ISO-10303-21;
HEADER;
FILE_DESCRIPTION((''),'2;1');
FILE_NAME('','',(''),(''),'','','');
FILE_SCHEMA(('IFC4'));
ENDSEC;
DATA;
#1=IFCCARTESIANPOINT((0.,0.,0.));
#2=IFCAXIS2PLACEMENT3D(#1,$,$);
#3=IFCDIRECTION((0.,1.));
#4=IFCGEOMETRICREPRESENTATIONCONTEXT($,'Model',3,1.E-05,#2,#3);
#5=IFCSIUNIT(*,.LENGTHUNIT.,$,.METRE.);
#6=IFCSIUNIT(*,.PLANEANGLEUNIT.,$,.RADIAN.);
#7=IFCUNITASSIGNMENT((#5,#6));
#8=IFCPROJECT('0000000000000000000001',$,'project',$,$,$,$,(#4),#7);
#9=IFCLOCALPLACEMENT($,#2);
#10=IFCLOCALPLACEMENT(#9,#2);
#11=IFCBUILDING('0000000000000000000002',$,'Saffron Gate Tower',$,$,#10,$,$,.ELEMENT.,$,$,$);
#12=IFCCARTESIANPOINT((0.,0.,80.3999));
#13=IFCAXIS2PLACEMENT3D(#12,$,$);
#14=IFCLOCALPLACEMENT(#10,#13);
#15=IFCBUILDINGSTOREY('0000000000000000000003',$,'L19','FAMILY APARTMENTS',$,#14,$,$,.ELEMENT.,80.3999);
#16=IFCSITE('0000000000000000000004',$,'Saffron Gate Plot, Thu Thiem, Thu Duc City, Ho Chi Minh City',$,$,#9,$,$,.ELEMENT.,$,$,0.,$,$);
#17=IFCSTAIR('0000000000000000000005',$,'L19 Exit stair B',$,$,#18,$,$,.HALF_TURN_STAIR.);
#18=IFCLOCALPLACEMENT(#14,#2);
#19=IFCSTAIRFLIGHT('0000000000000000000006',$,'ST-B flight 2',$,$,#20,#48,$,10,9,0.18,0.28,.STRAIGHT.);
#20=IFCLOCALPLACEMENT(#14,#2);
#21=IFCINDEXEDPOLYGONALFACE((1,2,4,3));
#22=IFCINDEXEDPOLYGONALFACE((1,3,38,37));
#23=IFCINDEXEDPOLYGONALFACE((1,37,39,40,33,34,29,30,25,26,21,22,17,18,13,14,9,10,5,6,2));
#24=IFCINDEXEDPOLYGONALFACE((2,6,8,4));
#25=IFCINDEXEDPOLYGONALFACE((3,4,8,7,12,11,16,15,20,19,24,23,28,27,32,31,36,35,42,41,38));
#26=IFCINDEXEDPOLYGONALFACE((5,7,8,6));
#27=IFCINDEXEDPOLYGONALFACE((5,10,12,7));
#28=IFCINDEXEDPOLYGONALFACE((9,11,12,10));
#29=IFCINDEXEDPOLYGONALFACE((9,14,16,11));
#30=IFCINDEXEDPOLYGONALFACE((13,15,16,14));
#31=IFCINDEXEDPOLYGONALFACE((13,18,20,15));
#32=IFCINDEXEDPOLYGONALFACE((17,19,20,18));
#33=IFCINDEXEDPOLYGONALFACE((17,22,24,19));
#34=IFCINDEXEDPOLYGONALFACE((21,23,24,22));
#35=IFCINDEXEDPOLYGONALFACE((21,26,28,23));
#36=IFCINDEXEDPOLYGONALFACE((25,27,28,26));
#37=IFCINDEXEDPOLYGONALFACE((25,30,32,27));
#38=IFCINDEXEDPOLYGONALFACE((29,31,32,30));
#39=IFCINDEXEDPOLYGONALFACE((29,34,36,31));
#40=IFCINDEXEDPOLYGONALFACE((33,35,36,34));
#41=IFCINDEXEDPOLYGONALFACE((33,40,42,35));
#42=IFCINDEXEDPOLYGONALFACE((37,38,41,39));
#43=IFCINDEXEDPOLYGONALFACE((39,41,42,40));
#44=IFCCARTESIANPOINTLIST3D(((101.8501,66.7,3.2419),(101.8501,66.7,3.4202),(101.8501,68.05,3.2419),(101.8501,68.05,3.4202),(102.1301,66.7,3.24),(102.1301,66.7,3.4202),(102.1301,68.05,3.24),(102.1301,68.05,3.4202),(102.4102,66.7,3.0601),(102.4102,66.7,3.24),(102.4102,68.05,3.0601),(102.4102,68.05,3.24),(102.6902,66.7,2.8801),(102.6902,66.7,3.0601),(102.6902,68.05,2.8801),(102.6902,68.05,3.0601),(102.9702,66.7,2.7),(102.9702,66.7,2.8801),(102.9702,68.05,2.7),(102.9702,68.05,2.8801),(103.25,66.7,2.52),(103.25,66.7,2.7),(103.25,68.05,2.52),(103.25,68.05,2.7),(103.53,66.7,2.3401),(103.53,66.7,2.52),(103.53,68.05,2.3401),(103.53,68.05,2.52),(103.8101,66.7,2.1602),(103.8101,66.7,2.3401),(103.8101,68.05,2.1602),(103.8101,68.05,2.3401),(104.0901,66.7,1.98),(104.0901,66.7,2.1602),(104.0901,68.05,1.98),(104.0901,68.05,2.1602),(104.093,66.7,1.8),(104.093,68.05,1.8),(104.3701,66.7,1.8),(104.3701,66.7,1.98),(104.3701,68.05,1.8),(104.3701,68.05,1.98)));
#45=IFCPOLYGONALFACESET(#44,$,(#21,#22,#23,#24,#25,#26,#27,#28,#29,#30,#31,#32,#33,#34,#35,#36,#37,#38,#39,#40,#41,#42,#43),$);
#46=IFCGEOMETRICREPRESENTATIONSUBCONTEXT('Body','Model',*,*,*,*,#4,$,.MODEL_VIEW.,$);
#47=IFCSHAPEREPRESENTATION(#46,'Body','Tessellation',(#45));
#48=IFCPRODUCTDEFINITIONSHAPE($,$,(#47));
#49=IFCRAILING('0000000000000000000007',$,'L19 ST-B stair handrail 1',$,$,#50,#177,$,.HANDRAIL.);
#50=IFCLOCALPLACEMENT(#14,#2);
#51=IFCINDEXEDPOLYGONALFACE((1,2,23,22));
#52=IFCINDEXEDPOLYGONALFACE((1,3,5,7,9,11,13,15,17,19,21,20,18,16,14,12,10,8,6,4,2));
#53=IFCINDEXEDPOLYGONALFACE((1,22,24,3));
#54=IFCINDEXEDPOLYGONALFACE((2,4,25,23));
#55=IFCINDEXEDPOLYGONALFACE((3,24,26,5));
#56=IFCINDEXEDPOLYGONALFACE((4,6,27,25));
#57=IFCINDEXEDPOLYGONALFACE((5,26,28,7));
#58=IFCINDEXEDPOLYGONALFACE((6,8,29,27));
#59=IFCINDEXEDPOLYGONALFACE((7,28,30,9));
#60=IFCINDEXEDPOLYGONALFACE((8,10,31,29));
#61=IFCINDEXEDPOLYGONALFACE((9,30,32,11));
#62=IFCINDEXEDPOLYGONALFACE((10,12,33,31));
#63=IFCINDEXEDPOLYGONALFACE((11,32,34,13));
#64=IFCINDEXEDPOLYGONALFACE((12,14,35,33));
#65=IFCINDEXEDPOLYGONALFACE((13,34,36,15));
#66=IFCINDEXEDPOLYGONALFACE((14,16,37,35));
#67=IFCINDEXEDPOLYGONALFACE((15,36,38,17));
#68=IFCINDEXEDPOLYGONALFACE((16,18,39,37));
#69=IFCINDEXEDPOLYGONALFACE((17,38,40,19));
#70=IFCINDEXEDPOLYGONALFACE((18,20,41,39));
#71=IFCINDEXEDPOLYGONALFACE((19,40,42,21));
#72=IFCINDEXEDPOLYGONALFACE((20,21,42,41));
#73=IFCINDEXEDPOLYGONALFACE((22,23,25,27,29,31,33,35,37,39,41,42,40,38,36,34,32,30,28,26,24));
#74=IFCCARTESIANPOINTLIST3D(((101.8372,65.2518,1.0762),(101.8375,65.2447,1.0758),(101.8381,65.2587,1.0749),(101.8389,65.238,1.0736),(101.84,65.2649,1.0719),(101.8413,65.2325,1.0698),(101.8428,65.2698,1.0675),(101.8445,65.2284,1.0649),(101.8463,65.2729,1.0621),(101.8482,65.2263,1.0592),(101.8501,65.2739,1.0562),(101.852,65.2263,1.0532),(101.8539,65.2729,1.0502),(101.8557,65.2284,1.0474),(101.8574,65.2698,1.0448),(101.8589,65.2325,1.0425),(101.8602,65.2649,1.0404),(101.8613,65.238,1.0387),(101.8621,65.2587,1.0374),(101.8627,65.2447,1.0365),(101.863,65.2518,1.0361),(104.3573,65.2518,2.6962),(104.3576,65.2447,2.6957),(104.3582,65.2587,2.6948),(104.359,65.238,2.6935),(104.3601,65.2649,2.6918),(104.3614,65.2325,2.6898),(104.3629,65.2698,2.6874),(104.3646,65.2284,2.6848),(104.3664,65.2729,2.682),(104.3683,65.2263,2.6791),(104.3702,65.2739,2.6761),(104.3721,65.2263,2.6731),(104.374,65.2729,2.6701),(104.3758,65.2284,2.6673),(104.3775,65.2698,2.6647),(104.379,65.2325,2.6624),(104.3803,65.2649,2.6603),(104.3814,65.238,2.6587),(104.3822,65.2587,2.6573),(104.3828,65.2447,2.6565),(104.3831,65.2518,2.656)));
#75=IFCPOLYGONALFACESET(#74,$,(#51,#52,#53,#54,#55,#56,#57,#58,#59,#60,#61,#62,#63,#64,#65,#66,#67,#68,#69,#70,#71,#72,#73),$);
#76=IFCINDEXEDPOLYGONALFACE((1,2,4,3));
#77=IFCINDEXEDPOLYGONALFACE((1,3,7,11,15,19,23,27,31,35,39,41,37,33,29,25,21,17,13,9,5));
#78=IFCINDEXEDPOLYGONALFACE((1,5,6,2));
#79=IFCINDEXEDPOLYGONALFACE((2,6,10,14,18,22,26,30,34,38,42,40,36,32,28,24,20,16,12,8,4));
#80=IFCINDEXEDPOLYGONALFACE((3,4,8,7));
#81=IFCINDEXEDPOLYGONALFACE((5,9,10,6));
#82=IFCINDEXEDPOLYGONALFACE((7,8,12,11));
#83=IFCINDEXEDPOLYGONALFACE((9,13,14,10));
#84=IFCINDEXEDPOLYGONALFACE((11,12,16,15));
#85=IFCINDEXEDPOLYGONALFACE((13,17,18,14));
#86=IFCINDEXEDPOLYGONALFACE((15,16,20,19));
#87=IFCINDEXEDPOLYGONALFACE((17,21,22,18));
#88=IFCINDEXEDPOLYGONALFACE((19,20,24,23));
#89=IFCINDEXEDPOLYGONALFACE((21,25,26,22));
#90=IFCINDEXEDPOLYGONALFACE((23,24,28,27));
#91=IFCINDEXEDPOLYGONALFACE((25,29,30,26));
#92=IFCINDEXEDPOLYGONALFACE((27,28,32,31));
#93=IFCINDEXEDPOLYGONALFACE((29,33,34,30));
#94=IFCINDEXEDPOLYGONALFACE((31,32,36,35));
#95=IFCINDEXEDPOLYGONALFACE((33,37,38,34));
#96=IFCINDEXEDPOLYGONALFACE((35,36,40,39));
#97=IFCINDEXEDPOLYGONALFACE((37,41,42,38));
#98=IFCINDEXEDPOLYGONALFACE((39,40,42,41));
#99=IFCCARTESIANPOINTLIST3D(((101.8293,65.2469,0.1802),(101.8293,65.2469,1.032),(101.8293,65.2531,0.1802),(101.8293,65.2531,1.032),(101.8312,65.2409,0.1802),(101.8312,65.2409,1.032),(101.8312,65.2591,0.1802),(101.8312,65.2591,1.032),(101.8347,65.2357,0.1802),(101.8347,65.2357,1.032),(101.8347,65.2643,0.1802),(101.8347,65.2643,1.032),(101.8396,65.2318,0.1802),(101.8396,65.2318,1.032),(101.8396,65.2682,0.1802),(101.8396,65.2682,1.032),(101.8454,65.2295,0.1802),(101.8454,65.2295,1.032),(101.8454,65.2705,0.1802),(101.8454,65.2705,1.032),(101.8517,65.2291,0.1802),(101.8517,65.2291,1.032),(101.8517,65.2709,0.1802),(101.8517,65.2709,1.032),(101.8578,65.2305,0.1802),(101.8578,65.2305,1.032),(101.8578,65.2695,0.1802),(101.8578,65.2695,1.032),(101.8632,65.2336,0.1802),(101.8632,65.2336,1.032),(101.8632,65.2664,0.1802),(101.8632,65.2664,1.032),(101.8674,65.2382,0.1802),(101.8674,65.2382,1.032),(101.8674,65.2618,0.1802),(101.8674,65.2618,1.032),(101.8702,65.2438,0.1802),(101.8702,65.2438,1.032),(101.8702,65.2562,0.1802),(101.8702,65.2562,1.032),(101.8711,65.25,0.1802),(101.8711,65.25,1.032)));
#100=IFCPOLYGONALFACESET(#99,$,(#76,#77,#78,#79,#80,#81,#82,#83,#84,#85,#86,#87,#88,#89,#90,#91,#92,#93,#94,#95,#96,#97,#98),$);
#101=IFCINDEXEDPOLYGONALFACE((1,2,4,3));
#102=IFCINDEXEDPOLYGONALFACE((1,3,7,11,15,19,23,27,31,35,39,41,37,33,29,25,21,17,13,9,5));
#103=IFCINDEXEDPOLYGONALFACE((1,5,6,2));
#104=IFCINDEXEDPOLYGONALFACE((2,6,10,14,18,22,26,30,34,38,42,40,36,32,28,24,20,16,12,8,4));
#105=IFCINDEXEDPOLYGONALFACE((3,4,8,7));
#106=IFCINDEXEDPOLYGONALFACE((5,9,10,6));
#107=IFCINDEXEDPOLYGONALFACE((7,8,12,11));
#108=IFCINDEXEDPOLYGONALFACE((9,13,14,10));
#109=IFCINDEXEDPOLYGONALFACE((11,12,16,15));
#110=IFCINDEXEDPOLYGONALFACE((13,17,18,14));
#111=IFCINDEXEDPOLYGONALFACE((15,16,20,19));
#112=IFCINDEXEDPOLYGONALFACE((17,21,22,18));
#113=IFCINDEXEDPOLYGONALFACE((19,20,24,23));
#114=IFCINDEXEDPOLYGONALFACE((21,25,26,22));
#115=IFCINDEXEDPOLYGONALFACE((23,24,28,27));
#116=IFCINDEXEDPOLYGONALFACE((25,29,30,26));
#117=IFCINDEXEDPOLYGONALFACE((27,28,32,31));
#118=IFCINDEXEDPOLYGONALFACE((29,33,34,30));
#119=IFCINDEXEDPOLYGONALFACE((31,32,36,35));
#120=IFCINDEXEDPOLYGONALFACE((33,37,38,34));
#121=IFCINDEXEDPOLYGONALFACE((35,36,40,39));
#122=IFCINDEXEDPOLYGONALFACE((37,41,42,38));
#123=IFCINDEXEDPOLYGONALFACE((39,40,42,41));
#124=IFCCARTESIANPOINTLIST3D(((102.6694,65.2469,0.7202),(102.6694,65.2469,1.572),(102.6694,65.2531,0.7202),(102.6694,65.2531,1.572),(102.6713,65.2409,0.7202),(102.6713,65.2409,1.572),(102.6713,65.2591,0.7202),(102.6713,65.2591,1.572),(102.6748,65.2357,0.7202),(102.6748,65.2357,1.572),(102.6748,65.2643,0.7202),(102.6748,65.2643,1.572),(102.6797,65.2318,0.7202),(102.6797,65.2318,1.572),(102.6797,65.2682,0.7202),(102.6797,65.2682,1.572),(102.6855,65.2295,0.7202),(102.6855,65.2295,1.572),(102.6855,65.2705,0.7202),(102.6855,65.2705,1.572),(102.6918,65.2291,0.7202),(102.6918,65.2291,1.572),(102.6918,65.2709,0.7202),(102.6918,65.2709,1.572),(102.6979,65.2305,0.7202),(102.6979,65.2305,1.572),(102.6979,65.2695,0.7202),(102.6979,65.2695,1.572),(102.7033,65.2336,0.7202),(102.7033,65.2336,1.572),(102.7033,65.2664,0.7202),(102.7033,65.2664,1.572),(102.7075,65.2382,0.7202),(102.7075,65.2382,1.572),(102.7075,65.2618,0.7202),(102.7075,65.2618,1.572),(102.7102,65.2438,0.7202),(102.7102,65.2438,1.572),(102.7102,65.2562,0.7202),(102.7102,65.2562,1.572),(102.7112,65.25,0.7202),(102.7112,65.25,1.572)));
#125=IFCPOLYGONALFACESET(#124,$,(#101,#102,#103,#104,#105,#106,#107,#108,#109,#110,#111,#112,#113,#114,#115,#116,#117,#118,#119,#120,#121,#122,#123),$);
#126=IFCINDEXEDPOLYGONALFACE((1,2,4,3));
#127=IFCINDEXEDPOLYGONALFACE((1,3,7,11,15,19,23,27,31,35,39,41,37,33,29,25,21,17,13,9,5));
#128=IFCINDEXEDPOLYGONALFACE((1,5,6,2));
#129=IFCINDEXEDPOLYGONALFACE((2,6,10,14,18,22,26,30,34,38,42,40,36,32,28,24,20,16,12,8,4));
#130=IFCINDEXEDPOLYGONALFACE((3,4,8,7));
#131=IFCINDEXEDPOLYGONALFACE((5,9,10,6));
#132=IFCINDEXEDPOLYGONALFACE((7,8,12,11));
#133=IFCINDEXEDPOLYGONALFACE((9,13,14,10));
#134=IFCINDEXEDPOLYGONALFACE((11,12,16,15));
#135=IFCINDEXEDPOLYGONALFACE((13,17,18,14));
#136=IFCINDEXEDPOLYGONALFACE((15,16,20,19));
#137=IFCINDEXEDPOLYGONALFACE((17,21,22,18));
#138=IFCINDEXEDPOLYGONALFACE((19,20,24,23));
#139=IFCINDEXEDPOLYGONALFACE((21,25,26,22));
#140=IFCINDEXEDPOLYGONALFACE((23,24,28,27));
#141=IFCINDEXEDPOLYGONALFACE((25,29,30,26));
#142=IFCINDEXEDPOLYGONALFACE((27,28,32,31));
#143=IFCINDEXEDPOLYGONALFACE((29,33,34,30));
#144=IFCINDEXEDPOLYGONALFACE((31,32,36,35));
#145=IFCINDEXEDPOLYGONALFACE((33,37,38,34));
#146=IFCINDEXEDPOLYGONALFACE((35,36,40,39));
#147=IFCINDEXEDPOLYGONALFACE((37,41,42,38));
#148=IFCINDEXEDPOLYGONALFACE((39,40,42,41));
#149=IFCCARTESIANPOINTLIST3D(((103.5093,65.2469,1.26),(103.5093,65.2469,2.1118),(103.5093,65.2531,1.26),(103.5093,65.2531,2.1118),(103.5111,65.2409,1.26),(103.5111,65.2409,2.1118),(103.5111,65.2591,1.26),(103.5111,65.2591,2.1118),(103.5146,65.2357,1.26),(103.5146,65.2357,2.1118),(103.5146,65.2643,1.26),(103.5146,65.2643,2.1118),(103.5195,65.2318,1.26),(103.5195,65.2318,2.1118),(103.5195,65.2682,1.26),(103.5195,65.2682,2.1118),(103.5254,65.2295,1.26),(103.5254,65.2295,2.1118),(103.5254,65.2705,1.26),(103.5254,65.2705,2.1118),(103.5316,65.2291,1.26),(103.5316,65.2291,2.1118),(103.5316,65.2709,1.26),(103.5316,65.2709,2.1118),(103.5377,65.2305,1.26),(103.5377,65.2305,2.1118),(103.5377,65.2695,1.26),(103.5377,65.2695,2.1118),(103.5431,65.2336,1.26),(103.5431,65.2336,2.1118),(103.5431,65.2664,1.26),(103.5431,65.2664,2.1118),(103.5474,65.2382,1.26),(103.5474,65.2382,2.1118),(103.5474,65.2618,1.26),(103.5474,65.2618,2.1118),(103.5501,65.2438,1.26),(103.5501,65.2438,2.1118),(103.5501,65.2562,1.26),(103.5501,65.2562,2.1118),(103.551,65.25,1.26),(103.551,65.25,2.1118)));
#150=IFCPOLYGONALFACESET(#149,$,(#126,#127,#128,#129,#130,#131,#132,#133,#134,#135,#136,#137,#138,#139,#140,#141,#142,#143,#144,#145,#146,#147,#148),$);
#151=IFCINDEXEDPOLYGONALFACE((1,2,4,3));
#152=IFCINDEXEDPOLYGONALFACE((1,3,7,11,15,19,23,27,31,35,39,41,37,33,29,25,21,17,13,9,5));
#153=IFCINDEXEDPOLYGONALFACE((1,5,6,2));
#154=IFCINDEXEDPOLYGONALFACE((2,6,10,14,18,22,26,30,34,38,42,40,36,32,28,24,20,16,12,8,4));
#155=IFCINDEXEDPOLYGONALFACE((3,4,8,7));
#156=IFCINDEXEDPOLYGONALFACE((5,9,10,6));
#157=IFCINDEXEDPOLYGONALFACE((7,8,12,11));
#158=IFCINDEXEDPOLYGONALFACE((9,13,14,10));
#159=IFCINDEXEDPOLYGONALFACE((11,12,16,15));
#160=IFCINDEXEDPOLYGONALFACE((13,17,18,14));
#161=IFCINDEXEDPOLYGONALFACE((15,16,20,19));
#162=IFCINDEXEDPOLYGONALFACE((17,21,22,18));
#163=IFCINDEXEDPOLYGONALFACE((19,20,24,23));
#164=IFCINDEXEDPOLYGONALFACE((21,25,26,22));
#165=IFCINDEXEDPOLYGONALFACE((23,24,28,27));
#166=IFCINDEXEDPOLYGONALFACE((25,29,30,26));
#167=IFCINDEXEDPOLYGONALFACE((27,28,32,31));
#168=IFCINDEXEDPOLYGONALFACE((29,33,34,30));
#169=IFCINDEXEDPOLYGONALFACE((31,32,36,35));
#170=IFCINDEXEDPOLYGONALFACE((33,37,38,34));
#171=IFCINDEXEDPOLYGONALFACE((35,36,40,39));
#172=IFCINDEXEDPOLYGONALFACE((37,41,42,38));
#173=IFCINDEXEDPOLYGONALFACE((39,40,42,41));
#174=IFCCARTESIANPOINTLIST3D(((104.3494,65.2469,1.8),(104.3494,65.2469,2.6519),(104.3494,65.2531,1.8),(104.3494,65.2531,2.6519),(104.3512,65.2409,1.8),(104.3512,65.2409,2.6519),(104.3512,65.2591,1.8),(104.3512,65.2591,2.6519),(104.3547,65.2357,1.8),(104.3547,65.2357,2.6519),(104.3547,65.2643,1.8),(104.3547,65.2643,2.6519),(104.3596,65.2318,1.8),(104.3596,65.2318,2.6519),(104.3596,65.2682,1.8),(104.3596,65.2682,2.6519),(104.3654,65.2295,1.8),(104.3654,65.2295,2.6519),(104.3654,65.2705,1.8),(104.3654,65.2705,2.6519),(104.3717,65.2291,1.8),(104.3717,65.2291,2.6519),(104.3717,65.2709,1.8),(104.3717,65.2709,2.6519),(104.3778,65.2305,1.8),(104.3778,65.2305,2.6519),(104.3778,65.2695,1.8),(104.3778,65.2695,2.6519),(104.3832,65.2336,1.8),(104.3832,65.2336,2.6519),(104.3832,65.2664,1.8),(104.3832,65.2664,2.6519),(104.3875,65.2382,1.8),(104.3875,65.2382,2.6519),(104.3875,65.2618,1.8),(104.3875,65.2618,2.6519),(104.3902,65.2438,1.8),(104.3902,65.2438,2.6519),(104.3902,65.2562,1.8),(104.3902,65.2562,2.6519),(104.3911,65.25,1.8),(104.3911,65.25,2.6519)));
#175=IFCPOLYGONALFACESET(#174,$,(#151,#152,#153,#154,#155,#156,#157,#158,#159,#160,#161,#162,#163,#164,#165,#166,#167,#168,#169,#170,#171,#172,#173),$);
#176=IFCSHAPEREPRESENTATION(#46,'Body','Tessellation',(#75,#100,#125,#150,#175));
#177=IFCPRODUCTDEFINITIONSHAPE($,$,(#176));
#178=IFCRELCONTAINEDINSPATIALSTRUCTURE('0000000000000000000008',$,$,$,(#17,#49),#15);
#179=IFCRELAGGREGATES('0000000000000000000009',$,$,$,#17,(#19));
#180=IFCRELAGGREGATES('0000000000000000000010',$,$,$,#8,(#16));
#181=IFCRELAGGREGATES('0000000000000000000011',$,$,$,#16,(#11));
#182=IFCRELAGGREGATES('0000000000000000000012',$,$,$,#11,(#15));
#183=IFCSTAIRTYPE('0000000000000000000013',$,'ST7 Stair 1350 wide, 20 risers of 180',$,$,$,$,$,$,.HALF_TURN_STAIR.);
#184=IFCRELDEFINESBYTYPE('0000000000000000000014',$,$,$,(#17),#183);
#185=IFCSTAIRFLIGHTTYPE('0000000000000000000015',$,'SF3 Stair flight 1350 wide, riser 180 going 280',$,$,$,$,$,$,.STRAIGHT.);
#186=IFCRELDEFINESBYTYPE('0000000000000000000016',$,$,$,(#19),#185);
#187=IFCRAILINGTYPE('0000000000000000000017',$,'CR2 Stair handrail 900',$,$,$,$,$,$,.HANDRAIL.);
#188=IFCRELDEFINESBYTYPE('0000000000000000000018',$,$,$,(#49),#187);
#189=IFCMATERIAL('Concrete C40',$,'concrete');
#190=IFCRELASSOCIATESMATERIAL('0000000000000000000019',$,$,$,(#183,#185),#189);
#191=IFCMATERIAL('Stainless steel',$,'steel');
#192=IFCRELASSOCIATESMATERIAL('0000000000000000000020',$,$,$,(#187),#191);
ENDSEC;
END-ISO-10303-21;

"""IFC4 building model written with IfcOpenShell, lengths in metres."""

from ifc_helpers import new_model, si_unit, direction, frame, origin, origin_2d, place, context, subcontext, project, spatial, polyline, circle, outline, extrude, material, type_object, element, aggregate, save


model = new_model("IFC4")

# Units and contexts
model_context = context("Model", 3, precision=1e-05, world=origin(), true_north=direction((0.0, 1.0)))
body_context = subcontext(model_context, "Body", "Model", "MODEL_VIEW")
ifc_project = project(units=[si_unit("LENGTHUNIT", "METRE"), si_unit("PLANEANGLEUNIT", "RADIAN")], contexts=[model_context])

# Site, building, storey
site_placement = place(None, origin())
site = spatial("IfcSite", under=ifc_project, at=site_placement, Name="Saffron Gate Plot, Thu Thiem, Thu Duc City, Ho Chi Minh City", CompositionType="ELEMENT", RefElevation=0.0)
building_placement = place(site_placement, origin())
building = spatial("IfcBuilding", under=site, at=building_placement, Name="Saffron Gate Tower", CompositionType="ELEMENT")
storey_placement = place(building_placement, frame((0.0, 0.0, 80.3999)))
storey = spatial("IfcBuildingStorey", under=building, at=storey_placement, Name="L19", Description="FAMILY APARTMENTS", CompositionType="ELEMENT", Elevation=80.3999)

# Stair, stair flight
ifc_material_1 = material(Name="Concrete C40", Category="concrete")
stair_type = type_object("IfcStairType", Name="ST7 Stair 1350 wide, 20 risers of 180", PredefinedType="HALF_TURN_STAIR", material=ifc_material_1)
stair_placement = place(storey_placement, origin())
stair = element("IfcStair", 1, at=stair_placement, inside=storey, type_object=stair_type, Name="L19 Exit stair B", PredefinedType="HALF_TURN_STAIR")
stair_flight_type = type_object("IfcStairFlightType", Name="SF3 Stair flight 1350 wide, riser 180 going 280", PredefinedType="STRAIGHT", material=ifc_material_1)
stair_flight_1_placement = place(storey_placement, frame((104.3701, 67.375, 1.8), z_axis=(0.0, 0.0, 1.0), x_axis=(-1.0, 0.0, 0.0)))
stair_flight_1 = element("IfcStairFlight", 2, at=stair_flight_1_placement, type_object=stair_flight_type, Name="ST-B flight 2", NumberOfRisers=10, NumberOfTreads=9, PredefinedType="STRAIGHT", RiserHeight=0.18, TreadLength=0.28, context=body_context, shape_type="SweptSolid", body=[
    extrude(outline(polyline([(0.0, 0.0), (0.0, 0.1799), (0.28, 0.1799), (0.28, 0.3601), (0.5601, 0.3601), (0.5601, 0.54), (0.8401, 0.54), (0.8401, 0.72), (1.1201, 0.72), (1.1201, 0.8999), (1.3999, 0.8999), (1.3999, 1.0801), (1.6799, 1.0801), (1.6799, 1.26), (1.96, 1.26), (1.96, 1.4399), (2.24, 1.4399), (2.24, 1.6201), (2.52, 1.6201), (2.52, 1.8), (2.52, 1.4419), (0.2771, 0.0), (0.0, 0.0)])), frame((0.0, 0.675, 0.0), z_axis=(0.0, -1.0, 0.0), x_axis=(1.0, 0.0, 0.0)), (0.0, 0.0, 1.0), 1.3501),
])
aggregate(stair, [stair_flight_1])

# Railing
ifc_material_2 = material(Name="Stainless steel", Category="steel")
railing_type_1 = type_object("IfcRailingType", Name="CR2 Stair handrail 900", PredefinedType="HANDRAIL", material=ifc_material_2)
railing_1_placement = place(storey_placement, frame((101.8501, 65.25, 0.1802)))
element("IfcRailing", 3, at=railing_1_placement, inside=storey, type_object=railing_type_1, Name="L19 ST-B stair handrail 1", PredefinedType="HANDRAIL", context=body_context, shape_type="SweptSolid", body=[
    extrude(circle(Radius=0.0239, at=origin_2d()), frame((0.0, 0.0, 0.876), z_axis=(0.8412, 0.0, 0.540725), x_axis=(0.0, 1.0, 0.0)), (0.0, 0.0, 1.0), 2.9958),
    extrude(circle(Radius=0.021, at=origin_2d()), origin(), (0.0, 0.0, 1.0), 0.8518),
    extrude(circle(Radius=0.021, at=origin_2d()), frame((0.8401, 0.0, 0.54)), (0.0, 0.0, 1.0), 0.8518),
    extrude(circle(Radius=0.021, at=origin_2d()), frame((1.6799, 0.0, 1.0798)), (0.0, 0.0, 1.0), 0.8518),
    extrude(circle(Radius=0.021, at=origin_2d()), frame((2.52, 0.0, 1.6199)), (0.0, 0.0, 1.0), 0.8518),
])

save(model, "model.ifc")
